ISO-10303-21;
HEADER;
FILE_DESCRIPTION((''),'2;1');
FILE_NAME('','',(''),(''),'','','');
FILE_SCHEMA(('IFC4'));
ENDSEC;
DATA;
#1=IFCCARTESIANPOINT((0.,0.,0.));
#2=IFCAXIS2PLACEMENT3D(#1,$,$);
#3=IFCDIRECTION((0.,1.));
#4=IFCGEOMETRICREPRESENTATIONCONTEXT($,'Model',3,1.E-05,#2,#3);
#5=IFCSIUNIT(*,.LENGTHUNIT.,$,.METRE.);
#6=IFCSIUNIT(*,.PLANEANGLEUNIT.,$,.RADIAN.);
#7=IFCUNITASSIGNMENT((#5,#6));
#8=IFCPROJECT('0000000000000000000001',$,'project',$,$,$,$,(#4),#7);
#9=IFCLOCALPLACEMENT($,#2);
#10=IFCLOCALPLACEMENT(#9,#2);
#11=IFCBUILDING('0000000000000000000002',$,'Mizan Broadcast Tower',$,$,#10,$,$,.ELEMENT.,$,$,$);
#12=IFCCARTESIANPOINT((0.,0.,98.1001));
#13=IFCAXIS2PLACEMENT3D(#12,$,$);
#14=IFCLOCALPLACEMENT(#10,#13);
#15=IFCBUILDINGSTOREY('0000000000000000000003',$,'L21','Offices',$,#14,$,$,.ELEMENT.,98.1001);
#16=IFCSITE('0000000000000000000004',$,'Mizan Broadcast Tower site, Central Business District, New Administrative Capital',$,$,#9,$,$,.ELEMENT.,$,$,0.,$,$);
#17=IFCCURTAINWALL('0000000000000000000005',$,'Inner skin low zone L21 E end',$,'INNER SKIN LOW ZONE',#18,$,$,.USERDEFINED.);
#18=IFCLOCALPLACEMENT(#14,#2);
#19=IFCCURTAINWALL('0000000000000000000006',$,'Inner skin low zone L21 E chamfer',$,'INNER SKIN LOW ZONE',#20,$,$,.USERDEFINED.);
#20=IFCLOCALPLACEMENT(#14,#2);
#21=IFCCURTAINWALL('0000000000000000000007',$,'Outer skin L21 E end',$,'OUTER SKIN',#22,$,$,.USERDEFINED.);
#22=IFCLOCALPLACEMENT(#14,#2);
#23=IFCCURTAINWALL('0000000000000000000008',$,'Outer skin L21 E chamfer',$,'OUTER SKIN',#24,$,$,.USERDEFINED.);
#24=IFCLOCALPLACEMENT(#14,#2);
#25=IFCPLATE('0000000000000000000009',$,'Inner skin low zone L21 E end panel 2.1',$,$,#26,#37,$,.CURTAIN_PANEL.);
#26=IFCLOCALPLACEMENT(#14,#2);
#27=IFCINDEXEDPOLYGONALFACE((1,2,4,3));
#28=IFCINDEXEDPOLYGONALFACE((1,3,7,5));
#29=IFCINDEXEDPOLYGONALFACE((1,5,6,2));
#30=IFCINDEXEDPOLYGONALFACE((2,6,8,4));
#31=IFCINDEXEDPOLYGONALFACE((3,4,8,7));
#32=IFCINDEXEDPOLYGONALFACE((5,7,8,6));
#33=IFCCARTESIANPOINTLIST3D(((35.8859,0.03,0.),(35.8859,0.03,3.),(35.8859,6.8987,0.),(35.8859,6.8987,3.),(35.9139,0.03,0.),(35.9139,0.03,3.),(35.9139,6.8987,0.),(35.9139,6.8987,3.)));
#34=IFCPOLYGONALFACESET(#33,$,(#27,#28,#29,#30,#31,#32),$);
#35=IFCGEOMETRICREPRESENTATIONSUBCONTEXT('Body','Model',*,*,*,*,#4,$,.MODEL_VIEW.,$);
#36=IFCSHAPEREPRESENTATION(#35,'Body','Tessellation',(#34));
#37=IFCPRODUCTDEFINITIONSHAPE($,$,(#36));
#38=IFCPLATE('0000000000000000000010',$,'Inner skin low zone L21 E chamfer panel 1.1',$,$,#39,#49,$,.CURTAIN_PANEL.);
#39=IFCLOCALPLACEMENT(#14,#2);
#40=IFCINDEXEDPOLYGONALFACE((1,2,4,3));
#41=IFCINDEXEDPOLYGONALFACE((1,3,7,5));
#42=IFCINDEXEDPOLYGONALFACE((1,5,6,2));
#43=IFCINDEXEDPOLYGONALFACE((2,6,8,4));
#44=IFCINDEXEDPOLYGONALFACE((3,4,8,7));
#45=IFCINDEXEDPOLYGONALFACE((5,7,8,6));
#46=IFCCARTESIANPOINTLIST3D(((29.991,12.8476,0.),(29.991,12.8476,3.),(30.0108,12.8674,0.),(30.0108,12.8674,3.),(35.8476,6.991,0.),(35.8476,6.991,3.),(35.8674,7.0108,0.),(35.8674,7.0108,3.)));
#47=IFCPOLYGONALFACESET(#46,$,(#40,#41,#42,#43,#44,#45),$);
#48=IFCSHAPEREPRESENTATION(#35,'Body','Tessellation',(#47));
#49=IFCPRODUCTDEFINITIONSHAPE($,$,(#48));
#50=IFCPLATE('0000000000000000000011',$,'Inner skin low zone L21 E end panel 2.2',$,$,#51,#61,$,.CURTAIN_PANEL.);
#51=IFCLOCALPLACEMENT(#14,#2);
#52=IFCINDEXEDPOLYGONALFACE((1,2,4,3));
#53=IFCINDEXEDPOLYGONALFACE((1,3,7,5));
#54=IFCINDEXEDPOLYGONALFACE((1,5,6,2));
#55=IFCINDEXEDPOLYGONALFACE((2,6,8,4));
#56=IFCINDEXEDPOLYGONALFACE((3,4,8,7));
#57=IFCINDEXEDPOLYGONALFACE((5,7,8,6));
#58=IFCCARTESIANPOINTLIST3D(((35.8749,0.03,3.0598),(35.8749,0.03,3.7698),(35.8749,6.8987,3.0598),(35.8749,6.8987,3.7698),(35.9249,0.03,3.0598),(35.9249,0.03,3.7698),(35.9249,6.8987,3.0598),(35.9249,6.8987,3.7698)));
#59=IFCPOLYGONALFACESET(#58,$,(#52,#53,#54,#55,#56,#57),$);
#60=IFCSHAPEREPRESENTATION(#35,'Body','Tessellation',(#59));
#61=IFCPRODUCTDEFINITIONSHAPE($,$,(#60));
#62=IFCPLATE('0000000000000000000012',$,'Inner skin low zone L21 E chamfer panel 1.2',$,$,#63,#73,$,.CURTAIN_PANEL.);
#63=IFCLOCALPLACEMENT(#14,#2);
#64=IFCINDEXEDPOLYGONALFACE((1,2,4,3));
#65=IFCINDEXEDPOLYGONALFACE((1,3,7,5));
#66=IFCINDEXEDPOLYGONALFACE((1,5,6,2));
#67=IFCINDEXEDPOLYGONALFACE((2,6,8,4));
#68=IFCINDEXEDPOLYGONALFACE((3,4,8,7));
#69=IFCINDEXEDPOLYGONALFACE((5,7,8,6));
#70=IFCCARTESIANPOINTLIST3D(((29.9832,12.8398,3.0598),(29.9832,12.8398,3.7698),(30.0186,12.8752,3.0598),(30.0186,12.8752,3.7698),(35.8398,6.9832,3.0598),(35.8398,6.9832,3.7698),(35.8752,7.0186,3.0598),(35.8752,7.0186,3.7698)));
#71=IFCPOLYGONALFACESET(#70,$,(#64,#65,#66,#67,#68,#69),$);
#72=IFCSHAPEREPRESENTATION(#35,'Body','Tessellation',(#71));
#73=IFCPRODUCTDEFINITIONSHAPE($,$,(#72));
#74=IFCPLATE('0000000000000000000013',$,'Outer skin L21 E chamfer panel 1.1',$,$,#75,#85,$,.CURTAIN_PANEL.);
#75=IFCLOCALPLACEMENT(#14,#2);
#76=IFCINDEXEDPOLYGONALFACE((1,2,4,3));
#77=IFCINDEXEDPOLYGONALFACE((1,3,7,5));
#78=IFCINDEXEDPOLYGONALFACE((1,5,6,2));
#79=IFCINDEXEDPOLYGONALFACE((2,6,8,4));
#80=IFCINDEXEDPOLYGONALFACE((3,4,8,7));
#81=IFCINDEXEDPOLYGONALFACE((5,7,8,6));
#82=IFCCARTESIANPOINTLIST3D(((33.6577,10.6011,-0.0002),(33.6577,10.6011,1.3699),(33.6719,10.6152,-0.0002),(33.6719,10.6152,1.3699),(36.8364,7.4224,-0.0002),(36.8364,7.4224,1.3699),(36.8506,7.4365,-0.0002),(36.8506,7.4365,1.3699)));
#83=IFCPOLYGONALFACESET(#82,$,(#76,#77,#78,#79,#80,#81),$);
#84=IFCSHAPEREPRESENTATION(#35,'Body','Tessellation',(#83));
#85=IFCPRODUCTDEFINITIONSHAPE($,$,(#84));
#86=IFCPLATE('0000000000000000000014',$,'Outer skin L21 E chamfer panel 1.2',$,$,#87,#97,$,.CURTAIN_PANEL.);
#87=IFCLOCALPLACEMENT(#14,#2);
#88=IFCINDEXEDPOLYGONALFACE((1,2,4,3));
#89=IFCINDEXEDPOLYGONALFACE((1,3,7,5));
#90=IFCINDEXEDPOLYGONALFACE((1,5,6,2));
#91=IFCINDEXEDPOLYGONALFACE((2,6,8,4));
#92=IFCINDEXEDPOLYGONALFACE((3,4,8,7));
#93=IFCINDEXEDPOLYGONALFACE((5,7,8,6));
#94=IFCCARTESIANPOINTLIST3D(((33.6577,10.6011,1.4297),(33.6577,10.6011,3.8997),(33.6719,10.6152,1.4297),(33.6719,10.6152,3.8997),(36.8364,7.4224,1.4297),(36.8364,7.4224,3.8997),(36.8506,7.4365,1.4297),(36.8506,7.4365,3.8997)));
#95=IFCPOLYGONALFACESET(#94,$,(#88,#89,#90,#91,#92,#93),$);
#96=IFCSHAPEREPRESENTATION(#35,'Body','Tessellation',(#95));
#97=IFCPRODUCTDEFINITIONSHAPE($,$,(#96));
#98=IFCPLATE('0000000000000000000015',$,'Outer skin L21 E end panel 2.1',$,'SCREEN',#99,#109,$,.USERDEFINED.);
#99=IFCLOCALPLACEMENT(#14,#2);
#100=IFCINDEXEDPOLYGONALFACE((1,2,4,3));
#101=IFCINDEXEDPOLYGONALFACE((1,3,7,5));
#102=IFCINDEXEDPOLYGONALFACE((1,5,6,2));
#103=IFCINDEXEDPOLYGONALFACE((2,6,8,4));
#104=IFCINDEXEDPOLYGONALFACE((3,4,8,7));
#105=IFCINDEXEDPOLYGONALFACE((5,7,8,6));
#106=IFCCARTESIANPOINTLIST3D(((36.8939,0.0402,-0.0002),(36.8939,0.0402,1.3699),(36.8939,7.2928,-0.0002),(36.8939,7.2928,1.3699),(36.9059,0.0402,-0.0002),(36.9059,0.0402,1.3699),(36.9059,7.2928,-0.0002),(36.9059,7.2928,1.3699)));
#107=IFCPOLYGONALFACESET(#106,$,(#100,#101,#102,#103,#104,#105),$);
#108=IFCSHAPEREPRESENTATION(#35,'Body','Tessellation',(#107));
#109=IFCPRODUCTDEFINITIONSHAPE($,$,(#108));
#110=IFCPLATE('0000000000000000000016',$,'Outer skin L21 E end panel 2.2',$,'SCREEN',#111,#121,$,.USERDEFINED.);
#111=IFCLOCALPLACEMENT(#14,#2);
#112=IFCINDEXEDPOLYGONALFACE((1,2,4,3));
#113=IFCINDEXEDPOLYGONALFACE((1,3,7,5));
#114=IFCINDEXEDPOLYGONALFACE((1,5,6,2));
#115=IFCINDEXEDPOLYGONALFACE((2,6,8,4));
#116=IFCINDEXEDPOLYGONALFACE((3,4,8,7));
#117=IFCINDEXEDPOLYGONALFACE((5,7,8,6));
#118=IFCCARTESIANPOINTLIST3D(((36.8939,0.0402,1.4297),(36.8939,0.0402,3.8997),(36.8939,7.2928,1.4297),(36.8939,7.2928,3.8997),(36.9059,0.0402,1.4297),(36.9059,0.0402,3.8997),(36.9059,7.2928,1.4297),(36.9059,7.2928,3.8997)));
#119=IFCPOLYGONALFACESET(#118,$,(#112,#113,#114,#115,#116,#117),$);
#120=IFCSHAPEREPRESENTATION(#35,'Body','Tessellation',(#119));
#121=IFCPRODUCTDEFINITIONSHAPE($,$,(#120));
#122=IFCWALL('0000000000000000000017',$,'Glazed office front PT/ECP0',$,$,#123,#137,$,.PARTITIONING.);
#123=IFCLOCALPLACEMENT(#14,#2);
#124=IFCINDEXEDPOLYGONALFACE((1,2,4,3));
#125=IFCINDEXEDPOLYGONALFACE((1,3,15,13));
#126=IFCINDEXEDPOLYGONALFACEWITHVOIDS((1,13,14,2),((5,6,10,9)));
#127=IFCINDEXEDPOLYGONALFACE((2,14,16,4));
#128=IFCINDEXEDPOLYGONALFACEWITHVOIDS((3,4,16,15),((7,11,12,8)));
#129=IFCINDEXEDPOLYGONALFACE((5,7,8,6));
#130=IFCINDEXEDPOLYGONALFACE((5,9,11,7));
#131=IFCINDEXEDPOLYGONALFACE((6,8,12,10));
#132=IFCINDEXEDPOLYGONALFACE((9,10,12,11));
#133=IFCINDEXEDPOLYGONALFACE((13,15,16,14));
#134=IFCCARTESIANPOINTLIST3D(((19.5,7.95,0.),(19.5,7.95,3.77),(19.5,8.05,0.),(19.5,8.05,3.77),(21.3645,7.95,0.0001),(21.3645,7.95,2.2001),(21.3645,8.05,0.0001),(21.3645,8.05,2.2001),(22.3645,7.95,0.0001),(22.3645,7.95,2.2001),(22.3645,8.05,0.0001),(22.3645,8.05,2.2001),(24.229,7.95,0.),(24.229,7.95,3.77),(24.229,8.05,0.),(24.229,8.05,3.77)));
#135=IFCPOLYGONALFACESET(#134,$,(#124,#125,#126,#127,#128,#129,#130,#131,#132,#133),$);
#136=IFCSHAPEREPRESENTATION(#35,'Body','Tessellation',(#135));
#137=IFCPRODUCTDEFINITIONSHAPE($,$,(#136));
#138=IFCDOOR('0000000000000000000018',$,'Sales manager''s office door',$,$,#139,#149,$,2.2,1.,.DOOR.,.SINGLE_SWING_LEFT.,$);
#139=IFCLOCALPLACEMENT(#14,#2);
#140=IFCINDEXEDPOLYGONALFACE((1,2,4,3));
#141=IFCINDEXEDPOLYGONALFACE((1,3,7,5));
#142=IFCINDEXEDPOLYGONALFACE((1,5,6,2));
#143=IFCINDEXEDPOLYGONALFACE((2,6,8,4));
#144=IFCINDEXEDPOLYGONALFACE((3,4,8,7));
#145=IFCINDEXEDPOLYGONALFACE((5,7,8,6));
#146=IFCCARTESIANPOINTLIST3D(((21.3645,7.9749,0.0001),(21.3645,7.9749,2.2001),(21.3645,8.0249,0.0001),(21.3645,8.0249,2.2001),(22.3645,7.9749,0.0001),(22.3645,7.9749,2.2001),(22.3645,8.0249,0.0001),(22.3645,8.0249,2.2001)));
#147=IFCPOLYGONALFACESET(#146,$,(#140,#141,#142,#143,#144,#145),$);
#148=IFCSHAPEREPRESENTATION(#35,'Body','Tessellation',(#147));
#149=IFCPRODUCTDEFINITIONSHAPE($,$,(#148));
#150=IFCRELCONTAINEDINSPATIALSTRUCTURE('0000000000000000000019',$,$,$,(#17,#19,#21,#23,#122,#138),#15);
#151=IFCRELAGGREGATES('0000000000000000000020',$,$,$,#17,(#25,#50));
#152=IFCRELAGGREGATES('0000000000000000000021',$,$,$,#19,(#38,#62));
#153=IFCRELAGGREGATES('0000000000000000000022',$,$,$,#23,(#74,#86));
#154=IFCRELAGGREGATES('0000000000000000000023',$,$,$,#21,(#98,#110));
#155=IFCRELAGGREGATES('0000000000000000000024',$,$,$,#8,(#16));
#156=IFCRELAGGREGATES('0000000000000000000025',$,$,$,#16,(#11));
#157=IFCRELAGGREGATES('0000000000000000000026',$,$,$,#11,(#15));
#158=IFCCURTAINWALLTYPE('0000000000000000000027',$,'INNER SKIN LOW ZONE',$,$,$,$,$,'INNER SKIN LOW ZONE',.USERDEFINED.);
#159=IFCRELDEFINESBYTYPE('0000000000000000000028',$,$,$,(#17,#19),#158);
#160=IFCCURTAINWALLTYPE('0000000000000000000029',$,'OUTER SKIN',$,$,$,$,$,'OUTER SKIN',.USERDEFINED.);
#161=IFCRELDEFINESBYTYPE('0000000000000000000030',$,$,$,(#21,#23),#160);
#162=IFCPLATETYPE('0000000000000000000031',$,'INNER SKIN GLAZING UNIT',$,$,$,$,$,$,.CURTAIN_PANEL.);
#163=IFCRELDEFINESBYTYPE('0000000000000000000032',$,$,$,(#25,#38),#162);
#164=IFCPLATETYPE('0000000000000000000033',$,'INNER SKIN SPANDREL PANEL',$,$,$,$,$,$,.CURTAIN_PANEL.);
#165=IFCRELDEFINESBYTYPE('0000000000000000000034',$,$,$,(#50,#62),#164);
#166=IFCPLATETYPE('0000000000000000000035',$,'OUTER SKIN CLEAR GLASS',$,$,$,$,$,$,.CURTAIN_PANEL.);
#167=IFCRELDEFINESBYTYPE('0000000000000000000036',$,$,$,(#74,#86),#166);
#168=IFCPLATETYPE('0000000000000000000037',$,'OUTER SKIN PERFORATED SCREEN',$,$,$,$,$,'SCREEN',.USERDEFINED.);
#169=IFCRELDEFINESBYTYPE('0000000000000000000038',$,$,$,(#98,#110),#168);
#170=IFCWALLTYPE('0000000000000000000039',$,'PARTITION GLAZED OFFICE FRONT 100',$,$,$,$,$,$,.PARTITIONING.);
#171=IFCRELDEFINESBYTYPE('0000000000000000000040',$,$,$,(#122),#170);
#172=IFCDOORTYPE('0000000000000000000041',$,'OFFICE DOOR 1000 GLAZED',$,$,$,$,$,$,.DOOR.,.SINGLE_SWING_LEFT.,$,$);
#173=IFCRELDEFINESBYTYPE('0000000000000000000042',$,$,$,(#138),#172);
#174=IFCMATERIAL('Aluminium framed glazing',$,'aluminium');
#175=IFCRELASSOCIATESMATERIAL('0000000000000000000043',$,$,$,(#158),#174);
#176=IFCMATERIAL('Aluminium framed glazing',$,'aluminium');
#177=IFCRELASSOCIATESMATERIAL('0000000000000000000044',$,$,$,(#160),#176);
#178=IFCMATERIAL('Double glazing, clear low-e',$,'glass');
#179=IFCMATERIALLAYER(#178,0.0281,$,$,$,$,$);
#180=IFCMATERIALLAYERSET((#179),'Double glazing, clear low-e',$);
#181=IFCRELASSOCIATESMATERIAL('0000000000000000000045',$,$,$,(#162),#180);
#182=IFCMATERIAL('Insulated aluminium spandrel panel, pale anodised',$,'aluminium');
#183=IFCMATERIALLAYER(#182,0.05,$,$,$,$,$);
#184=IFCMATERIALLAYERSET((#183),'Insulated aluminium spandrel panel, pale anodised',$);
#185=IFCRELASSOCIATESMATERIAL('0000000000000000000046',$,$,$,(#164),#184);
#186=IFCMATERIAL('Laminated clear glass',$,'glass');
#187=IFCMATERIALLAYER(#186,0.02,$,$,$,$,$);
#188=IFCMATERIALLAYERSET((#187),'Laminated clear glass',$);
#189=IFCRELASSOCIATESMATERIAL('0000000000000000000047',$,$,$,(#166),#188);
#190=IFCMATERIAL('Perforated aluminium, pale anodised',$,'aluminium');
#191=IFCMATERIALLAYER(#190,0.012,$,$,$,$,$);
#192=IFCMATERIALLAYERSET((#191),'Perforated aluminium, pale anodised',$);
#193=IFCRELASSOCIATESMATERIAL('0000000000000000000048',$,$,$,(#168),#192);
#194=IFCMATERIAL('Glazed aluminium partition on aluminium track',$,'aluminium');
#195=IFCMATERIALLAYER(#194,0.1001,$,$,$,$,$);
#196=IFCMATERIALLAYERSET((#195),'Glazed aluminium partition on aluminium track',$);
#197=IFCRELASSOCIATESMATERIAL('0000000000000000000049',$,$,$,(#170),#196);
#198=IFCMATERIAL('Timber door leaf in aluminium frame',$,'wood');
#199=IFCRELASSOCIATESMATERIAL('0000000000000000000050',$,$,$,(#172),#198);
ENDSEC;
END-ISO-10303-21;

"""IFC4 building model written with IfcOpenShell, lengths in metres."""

from ifc_helpers import new_model, si_unit, direction, frame, frame_2d, origin, origin_2d, place, context, subcontext, project, spatial, rectangle, extrude, material, layer, layer_set, type_object, element, fill, aggregate, save


model = new_model("IFC4")

# Units and contexts
model_context = context("Model", 3, precision=1e-05, world=origin(), true_north=direction((0.0, 1.0)))
body_context = subcontext(model_context, "Body", "Model", "MODEL_VIEW")
ifc_project = project(units=[si_unit("LENGTHUNIT", "METRE"), si_unit("PLANEANGLEUNIT", "RADIAN")], contexts=[model_context])

# Site, building, storey
site_placement = place(None, origin())
site = spatial("IfcSite", under=ifc_project, at=site_placement, Name="Mizan Broadcast Tower site, Central Business District, New Administrative Capital", CompositionType="ELEMENT", RefElevation=0.0)
building_placement = place(site_placement, origin())
building = spatial("IfcBuilding", under=site, at=building_placement, Name="Mizan Broadcast Tower", CompositionType="ELEMENT")
storey_placement = place(building_placement, frame((0.0, 0.0, 98.1001)))
storey = spatial("IfcBuildingStorey", under=building, at=storey_placement, Name="L21", Description="Offices", CompositionType="ELEMENT", Elevation=98.1001)

# Curtain wall
ifc_material_1 = material(Name="Aluminium framed glazing", Category="aluminium")
curtain_wall_type_1 = type_object("IfcCurtainWallType", Name="INNER SKIN LOW ZONE", ElementType="INNER SKIN LOW ZONE", PredefinedType="USERDEFINED", material=ifc_material_1)
curtain_wall_1_placement = place(storey_placement, origin())
curtain_wall_1 = element("IfcCurtainWall", 1, at=curtain_wall_1_placement, inside=storey, type_object=curtain_wall_type_1, Name="Inner skin low zone L21 E end", ObjectType="INNER SKIN LOW ZONE", PredefinedType="USERDEFINED")

# Curtain wall
curtain_wall_2_placement = place(storey_placement, origin())
curtain_wall_2 = element("IfcCurtainWall", 2, at=curtain_wall_2_placement, inside=storey, type_object=curtain_wall_type_1, Name="Inner skin low zone L21 E chamfer", ObjectType="INNER SKIN LOW ZONE", PredefinedType="USERDEFINED")

# Curtain wall
ifc_material_2 = material(Name="Aluminium framed glazing", Category="aluminium")
curtain_wall_type_2 = type_object("IfcCurtainWallType", Name="OUTER SKIN", ElementType="OUTER SKIN", PredefinedType="USERDEFINED", material=ifc_material_2)
curtain_wall_3_placement = place(storey_placement, origin())
curtain_wall_3 = element("IfcCurtainWall", 3, at=curtain_wall_3_placement, inside=storey, type_object=curtain_wall_type_2, Name="Outer skin L21 E end", ObjectType="OUTER SKIN", PredefinedType="USERDEFINED")

# Curtain wall
curtain_wall_4_placement = place(storey_placement, origin())
curtain_wall_4 = element("IfcCurtainWall", 4, at=curtain_wall_4_placement, inside=storey, type_object=curtain_wall_type_2, Name="Outer skin L21 E chamfer", ObjectType="OUTER SKIN", PredefinedType="USERDEFINED")

# Plates
ifc_material_3 = material(Name="Double glazing, clear low-e", Category="glass")
ifc_layer_1 = layer(ifc_material_3, 0.0281)
ifc_layer_set_1 = layer_set([ifc_layer_1], Name="Double glazing, clear low-e")
plate_type_1 = type_object("IfcPlateType", Name="INNER SKIN GLAZING UNIT", PredefinedType="CURTAIN_PANEL", material=ifc_layer_set_1)
plate_1_placement = place(storey_placement, frame((35.8999, 3.4644, 0.0), z_axis=(0.0, 0.0, 1.0), x_axis=(0.0, 1.0, 0.0)))
plate_1 = element("IfcPlate", 5, at=plate_1_placement, type_object=plate_type_1, Name="Inner skin low zone L21 E end panel 2.1", PredefinedType="CURTAIN_PANEL", context=body_context, shape_type="SweptSolid", body=[
    extrude(rectangle(XDim=6.8687, YDim=0.0281, at=origin_2d()), origin(), (0.0, 0.0, 1.0), 3.0),
])
plate_2_placement = place(storey_placement, frame((32.9292, 9.9292, 0.0), z_axis=(0.0, 0.0, 1.0), x_axis=(-0.707107, 0.707107, 0.0)))
plate_2 = element("IfcPlate", 6, at=plate_2_placement, type_object=plate_type_1, Name="Inner skin low zone L21 E chamfer panel 1.1", PredefinedType="CURTAIN_PANEL", context=body_context, shape_type="SweptSolid", body=[
    extrude(rectangle(XDim=8.2825, YDim=0.0281, at=origin_2d()), origin(), (0.0, 0.0, 1.0), 3.0),
])
ifc_material_4 = material(Name="Insulated aluminium spandrel panel, pale anodised", Category="aluminium")
ifc_layer_2 = layer(ifc_material_4, 0.05)
ifc_layer_set_2 = layer_set([ifc_layer_2], Name="Insulated aluminium spandrel panel, pale anodised")
plate_type_2 = type_object("IfcPlateType", Name="INNER SKIN SPANDREL PANEL", PredefinedType="CURTAIN_PANEL", material=ifc_layer_set_2)
plate_3_placement = place(storey_placement, frame((35.8999, 3.4644, 3.0598), z_axis=(0.0, 0.0, 1.0), x_axis=(0.0, 1.0, 0.0)))
plate_3 = element("IfcPlate", 7, at=plate_3_placement, type_object=plate_type_2, Name="Inner skin low zone L21 E end panel 2.2", PredefinedType="CURTAIN_PANEL", context=body_context, shape_type="SweptSolid", body=[
    extrude(rectangle(XDim=6.8687, YDim=0.05, at=origin_2d()), origin(), (0.0, 0.0, 1.0), 0.71),
])
aggregate(curtain_wall_1, [plate_1, plate_3])
plate_4_placement = place(storey_placement, frame((32.9292, 9.9292, 3.0598), z_axis=(0.0, 0.0, 1.0), x_axis=(-0.707107, 0.707107, 0.0)))
plate_4 = element("IfcPlate", 8, at=plate_4_placement, type_object=plate_type_2, Name="Inner skin low zone L21 E chamfer panel 1.2", PredefinedType="CURTAIN_PANEL", context=body_context, shape_type="SweptSolid", body=[
    extrude(rectangle(XDim=8.2825, YDim=0.05, at=origin_2d()), origin(), (0.0, 0.0, 1.0), 0.71),
])
aggregate(curtain_wall_2, [plate_2, plate_4])
ifc_material_5 = material(Name="Laminated clear glass", Category="glass")
ifc_layer_3 = layer(ifc_material_5, 0.02)
ifc_layer_set_3 = layer_set([ifc_layer_3], Name="Laminated clear glass")
plate_type_3 = type_object("IfcPlateType", Name="OUTER SKIN CLEAR GLASS", PredefinedType="CURTAIN_PANEL", material=ifc_layer_set_3)
plate_5_placement = place(storey_placement, frame((35.2542, 9.0188, -0.0002), z_axis=(0.0, 0.0, 1.0), x_axis=(-0.707107, 0.707107, 0.0)))
plate_5 = element("IfcPlate", 9, at=plate_5_placement, type_object=plate_type_3, Name="Outer skin L21 E chamfer panel 1.1", PredefinedType="CURTAIN_PANEL", context=body_context, shape_type="SweptSolid", body=[
    extrude(rectangle(XDim=4.4954, YDim=0.02, at=origin_2d()), origin(), (0.0, 0.0, 1.0), 1.3701),
])
plate_6_placement = place(storey_placement, frame((35.2542, 9.0188, 1.4297), z_axis=(0.0, 0.0, 1.0), x_axis=(-0.707107, 0.707107, 0.0)))
plate_6 = element("IfcPlate", 10, at=plate_6_placement, type_object=plate_type_3, Name="Outer skin L21 E chamfer panel 1.2", PredefinedType="CURTAIN_PANEL", context=body_context, shape_type="SweptSolid", body=[
    extrude(rectangle(XDim=4.4954, YDim=0.02, at=origin_2d()), origin(), (0.0, 0.0, 1.0), 2.47),
])
aggregate(curtain_wall_4, [plate_5, plate_6])
ifc_material_6 = material(Name="Perforated aluminium, pale anodised", Category="aluminium")
ifc_layer_4 = layer(ifc_material_6, 0.012)
ifc_layer_set_4 = layer_set([ifc_layer_4], Name="Perforated aluminium, pale anodised")
plate_type_4 = type_object("IfcPlateType", Name="OUTER SKIN PERFORATED SCREEN", ElementType="SCREEN", PredefinedType="USERDEFINED", material=ifc_layer_set_4)
plate_7_placement = place(storey_placement, frame((36.8999, 3.6665, -0.0002), z_axis=(0.0, 0.0, 1.0), x_axis=(0.0, 1.0, 0.0)))
plate_7 = element("IfcPlate", 11, at=plate_7_placement, type_object=plate_type_4, Name="Outer skin L21 E end panel 2.1", ObjectType="SCREEN", PredefinedType="USERDEFINED", context=body_context, shape_type="SweptSolid", body=[
    extrude(rectangle(XDim=7.2527, YDim=0.012, at=origin_2d()), origin(), (0.0, 0.0, 1.0), 1.3701),
])
plate_8_placement = place(storey_placement, frame((36.8999, 3.6665, 1.4297), z_axis=(0.0, 0.0, 1.0), x_axis=(0.0, 1.0, 0.0)))
plate_8 = element("IfcPlate", 12, at=plate_8_placement, type_object=plate_type_4, Name="Outer skin L21 E end panel 2.2", ObjectType="SCREEN", PredefinedType="USERDEFINED", context=body_context, shape_type="SweptSolid", body=[
    extrude(rectangle(XDim=7.2527, YDim=0.012, at=origin_2d()), origin(), (0.0, 0.0, 1.0), 2.47),
])
aggregate(curtain_wall_3, [plate_7, plate_8])

# Wall, opening, door
ifc_material_7 = material(Name="Glazed aluminium partition on aluminium track", Category="aluminium")
ifc_layer_5 = layer(ifc_material_7, 0.1001)
ifc_layer_set_5 = layer_set([ifc_layer_5], Name="Glazed aluminium partition on aluminium track")
wall_type = type_object("IfcWallType", Name="PARTITION GLAZED OFFICE FRONT 100", PredefinedType="PARTITIONING", material=ifc_layer_set_5)
wall_1_placement = place(storey_placement, frame((19.5, 8.0, 0.0), z_axis=(0.0, 0.0, 1.0), x_axis=(1.0, 0.0, 0.0)))
wall_1 = element("IfcWall", 13, at=wall_1_placement, inside=storey, type_object=wall_type, Name="Glazed office front PT/ECP0", PredefinedType="PARTITIONING", context=body_context, shape_type="SweptSolid", body=[
    extrude(rectangle(XDim=4.729, YDim=0.1001, at=frame_2d((2.3645, 0.0))), origin(), (0.0, 0.0, 1.0), 3.77),
])
opening_1_placement = place(wall_1_placement, frame((1.8645, 0.0, 0.0)))
opening_1 = element("IfcOpeningElement", 14, at=opening_1_placement, cuts=wall_1, PredefinedType="OPENING", context=body_context, shape_type="SweptSolid", body=[
    extrude(rectangle(XDim=1.0, YDim=2.2, at=frame_2d((0.5, 1.1001))), frame((0.0, 0.0601, 0.0), z_axis=(0.0, -1.0, 0.0), x_axis=(1.0, 0.0, 0.0)), (0.0, 0.0, 1.0), 0.1201),
])
ifc_material_8 = material(Name="Timber door leaf in aluminium frame", Category="wood")
door_type = type_object("IfcDoorType", Name="OFFICE DOOR 1000 GLAZED", OperationType="SINGLE_SWING_LEFT", PredefinedType="DOOR", material=ifc_material_8)
door_1_placement = place(opening_1_placement, origin())
door_1 = element("IfcDoor", 15, at=door_1_placement, inside=storey, type_object=door_type, Name="Sales manager's office door", OperationType="SINGLE_SWING_LEFT", OverallHeight=2.2, OverallWidth=1.0, PredefinedType="DOOR", context=body_context, shape_type="SweptSolid", body=[
    extrude(rectangle(XDim=1.0, YDim=2.2, at=frame_2d((0.5, 1.1001))), frame((0.0, 0.0249, 0.0), z_axis=(0.0, -1.0, 0.0), x_axis=(1.0, 0.0, 0.0)), (0.0, 0.0, 1.0), 0.05),
])
fill(opening_1, door_1)

save(model, "model.ifc")
